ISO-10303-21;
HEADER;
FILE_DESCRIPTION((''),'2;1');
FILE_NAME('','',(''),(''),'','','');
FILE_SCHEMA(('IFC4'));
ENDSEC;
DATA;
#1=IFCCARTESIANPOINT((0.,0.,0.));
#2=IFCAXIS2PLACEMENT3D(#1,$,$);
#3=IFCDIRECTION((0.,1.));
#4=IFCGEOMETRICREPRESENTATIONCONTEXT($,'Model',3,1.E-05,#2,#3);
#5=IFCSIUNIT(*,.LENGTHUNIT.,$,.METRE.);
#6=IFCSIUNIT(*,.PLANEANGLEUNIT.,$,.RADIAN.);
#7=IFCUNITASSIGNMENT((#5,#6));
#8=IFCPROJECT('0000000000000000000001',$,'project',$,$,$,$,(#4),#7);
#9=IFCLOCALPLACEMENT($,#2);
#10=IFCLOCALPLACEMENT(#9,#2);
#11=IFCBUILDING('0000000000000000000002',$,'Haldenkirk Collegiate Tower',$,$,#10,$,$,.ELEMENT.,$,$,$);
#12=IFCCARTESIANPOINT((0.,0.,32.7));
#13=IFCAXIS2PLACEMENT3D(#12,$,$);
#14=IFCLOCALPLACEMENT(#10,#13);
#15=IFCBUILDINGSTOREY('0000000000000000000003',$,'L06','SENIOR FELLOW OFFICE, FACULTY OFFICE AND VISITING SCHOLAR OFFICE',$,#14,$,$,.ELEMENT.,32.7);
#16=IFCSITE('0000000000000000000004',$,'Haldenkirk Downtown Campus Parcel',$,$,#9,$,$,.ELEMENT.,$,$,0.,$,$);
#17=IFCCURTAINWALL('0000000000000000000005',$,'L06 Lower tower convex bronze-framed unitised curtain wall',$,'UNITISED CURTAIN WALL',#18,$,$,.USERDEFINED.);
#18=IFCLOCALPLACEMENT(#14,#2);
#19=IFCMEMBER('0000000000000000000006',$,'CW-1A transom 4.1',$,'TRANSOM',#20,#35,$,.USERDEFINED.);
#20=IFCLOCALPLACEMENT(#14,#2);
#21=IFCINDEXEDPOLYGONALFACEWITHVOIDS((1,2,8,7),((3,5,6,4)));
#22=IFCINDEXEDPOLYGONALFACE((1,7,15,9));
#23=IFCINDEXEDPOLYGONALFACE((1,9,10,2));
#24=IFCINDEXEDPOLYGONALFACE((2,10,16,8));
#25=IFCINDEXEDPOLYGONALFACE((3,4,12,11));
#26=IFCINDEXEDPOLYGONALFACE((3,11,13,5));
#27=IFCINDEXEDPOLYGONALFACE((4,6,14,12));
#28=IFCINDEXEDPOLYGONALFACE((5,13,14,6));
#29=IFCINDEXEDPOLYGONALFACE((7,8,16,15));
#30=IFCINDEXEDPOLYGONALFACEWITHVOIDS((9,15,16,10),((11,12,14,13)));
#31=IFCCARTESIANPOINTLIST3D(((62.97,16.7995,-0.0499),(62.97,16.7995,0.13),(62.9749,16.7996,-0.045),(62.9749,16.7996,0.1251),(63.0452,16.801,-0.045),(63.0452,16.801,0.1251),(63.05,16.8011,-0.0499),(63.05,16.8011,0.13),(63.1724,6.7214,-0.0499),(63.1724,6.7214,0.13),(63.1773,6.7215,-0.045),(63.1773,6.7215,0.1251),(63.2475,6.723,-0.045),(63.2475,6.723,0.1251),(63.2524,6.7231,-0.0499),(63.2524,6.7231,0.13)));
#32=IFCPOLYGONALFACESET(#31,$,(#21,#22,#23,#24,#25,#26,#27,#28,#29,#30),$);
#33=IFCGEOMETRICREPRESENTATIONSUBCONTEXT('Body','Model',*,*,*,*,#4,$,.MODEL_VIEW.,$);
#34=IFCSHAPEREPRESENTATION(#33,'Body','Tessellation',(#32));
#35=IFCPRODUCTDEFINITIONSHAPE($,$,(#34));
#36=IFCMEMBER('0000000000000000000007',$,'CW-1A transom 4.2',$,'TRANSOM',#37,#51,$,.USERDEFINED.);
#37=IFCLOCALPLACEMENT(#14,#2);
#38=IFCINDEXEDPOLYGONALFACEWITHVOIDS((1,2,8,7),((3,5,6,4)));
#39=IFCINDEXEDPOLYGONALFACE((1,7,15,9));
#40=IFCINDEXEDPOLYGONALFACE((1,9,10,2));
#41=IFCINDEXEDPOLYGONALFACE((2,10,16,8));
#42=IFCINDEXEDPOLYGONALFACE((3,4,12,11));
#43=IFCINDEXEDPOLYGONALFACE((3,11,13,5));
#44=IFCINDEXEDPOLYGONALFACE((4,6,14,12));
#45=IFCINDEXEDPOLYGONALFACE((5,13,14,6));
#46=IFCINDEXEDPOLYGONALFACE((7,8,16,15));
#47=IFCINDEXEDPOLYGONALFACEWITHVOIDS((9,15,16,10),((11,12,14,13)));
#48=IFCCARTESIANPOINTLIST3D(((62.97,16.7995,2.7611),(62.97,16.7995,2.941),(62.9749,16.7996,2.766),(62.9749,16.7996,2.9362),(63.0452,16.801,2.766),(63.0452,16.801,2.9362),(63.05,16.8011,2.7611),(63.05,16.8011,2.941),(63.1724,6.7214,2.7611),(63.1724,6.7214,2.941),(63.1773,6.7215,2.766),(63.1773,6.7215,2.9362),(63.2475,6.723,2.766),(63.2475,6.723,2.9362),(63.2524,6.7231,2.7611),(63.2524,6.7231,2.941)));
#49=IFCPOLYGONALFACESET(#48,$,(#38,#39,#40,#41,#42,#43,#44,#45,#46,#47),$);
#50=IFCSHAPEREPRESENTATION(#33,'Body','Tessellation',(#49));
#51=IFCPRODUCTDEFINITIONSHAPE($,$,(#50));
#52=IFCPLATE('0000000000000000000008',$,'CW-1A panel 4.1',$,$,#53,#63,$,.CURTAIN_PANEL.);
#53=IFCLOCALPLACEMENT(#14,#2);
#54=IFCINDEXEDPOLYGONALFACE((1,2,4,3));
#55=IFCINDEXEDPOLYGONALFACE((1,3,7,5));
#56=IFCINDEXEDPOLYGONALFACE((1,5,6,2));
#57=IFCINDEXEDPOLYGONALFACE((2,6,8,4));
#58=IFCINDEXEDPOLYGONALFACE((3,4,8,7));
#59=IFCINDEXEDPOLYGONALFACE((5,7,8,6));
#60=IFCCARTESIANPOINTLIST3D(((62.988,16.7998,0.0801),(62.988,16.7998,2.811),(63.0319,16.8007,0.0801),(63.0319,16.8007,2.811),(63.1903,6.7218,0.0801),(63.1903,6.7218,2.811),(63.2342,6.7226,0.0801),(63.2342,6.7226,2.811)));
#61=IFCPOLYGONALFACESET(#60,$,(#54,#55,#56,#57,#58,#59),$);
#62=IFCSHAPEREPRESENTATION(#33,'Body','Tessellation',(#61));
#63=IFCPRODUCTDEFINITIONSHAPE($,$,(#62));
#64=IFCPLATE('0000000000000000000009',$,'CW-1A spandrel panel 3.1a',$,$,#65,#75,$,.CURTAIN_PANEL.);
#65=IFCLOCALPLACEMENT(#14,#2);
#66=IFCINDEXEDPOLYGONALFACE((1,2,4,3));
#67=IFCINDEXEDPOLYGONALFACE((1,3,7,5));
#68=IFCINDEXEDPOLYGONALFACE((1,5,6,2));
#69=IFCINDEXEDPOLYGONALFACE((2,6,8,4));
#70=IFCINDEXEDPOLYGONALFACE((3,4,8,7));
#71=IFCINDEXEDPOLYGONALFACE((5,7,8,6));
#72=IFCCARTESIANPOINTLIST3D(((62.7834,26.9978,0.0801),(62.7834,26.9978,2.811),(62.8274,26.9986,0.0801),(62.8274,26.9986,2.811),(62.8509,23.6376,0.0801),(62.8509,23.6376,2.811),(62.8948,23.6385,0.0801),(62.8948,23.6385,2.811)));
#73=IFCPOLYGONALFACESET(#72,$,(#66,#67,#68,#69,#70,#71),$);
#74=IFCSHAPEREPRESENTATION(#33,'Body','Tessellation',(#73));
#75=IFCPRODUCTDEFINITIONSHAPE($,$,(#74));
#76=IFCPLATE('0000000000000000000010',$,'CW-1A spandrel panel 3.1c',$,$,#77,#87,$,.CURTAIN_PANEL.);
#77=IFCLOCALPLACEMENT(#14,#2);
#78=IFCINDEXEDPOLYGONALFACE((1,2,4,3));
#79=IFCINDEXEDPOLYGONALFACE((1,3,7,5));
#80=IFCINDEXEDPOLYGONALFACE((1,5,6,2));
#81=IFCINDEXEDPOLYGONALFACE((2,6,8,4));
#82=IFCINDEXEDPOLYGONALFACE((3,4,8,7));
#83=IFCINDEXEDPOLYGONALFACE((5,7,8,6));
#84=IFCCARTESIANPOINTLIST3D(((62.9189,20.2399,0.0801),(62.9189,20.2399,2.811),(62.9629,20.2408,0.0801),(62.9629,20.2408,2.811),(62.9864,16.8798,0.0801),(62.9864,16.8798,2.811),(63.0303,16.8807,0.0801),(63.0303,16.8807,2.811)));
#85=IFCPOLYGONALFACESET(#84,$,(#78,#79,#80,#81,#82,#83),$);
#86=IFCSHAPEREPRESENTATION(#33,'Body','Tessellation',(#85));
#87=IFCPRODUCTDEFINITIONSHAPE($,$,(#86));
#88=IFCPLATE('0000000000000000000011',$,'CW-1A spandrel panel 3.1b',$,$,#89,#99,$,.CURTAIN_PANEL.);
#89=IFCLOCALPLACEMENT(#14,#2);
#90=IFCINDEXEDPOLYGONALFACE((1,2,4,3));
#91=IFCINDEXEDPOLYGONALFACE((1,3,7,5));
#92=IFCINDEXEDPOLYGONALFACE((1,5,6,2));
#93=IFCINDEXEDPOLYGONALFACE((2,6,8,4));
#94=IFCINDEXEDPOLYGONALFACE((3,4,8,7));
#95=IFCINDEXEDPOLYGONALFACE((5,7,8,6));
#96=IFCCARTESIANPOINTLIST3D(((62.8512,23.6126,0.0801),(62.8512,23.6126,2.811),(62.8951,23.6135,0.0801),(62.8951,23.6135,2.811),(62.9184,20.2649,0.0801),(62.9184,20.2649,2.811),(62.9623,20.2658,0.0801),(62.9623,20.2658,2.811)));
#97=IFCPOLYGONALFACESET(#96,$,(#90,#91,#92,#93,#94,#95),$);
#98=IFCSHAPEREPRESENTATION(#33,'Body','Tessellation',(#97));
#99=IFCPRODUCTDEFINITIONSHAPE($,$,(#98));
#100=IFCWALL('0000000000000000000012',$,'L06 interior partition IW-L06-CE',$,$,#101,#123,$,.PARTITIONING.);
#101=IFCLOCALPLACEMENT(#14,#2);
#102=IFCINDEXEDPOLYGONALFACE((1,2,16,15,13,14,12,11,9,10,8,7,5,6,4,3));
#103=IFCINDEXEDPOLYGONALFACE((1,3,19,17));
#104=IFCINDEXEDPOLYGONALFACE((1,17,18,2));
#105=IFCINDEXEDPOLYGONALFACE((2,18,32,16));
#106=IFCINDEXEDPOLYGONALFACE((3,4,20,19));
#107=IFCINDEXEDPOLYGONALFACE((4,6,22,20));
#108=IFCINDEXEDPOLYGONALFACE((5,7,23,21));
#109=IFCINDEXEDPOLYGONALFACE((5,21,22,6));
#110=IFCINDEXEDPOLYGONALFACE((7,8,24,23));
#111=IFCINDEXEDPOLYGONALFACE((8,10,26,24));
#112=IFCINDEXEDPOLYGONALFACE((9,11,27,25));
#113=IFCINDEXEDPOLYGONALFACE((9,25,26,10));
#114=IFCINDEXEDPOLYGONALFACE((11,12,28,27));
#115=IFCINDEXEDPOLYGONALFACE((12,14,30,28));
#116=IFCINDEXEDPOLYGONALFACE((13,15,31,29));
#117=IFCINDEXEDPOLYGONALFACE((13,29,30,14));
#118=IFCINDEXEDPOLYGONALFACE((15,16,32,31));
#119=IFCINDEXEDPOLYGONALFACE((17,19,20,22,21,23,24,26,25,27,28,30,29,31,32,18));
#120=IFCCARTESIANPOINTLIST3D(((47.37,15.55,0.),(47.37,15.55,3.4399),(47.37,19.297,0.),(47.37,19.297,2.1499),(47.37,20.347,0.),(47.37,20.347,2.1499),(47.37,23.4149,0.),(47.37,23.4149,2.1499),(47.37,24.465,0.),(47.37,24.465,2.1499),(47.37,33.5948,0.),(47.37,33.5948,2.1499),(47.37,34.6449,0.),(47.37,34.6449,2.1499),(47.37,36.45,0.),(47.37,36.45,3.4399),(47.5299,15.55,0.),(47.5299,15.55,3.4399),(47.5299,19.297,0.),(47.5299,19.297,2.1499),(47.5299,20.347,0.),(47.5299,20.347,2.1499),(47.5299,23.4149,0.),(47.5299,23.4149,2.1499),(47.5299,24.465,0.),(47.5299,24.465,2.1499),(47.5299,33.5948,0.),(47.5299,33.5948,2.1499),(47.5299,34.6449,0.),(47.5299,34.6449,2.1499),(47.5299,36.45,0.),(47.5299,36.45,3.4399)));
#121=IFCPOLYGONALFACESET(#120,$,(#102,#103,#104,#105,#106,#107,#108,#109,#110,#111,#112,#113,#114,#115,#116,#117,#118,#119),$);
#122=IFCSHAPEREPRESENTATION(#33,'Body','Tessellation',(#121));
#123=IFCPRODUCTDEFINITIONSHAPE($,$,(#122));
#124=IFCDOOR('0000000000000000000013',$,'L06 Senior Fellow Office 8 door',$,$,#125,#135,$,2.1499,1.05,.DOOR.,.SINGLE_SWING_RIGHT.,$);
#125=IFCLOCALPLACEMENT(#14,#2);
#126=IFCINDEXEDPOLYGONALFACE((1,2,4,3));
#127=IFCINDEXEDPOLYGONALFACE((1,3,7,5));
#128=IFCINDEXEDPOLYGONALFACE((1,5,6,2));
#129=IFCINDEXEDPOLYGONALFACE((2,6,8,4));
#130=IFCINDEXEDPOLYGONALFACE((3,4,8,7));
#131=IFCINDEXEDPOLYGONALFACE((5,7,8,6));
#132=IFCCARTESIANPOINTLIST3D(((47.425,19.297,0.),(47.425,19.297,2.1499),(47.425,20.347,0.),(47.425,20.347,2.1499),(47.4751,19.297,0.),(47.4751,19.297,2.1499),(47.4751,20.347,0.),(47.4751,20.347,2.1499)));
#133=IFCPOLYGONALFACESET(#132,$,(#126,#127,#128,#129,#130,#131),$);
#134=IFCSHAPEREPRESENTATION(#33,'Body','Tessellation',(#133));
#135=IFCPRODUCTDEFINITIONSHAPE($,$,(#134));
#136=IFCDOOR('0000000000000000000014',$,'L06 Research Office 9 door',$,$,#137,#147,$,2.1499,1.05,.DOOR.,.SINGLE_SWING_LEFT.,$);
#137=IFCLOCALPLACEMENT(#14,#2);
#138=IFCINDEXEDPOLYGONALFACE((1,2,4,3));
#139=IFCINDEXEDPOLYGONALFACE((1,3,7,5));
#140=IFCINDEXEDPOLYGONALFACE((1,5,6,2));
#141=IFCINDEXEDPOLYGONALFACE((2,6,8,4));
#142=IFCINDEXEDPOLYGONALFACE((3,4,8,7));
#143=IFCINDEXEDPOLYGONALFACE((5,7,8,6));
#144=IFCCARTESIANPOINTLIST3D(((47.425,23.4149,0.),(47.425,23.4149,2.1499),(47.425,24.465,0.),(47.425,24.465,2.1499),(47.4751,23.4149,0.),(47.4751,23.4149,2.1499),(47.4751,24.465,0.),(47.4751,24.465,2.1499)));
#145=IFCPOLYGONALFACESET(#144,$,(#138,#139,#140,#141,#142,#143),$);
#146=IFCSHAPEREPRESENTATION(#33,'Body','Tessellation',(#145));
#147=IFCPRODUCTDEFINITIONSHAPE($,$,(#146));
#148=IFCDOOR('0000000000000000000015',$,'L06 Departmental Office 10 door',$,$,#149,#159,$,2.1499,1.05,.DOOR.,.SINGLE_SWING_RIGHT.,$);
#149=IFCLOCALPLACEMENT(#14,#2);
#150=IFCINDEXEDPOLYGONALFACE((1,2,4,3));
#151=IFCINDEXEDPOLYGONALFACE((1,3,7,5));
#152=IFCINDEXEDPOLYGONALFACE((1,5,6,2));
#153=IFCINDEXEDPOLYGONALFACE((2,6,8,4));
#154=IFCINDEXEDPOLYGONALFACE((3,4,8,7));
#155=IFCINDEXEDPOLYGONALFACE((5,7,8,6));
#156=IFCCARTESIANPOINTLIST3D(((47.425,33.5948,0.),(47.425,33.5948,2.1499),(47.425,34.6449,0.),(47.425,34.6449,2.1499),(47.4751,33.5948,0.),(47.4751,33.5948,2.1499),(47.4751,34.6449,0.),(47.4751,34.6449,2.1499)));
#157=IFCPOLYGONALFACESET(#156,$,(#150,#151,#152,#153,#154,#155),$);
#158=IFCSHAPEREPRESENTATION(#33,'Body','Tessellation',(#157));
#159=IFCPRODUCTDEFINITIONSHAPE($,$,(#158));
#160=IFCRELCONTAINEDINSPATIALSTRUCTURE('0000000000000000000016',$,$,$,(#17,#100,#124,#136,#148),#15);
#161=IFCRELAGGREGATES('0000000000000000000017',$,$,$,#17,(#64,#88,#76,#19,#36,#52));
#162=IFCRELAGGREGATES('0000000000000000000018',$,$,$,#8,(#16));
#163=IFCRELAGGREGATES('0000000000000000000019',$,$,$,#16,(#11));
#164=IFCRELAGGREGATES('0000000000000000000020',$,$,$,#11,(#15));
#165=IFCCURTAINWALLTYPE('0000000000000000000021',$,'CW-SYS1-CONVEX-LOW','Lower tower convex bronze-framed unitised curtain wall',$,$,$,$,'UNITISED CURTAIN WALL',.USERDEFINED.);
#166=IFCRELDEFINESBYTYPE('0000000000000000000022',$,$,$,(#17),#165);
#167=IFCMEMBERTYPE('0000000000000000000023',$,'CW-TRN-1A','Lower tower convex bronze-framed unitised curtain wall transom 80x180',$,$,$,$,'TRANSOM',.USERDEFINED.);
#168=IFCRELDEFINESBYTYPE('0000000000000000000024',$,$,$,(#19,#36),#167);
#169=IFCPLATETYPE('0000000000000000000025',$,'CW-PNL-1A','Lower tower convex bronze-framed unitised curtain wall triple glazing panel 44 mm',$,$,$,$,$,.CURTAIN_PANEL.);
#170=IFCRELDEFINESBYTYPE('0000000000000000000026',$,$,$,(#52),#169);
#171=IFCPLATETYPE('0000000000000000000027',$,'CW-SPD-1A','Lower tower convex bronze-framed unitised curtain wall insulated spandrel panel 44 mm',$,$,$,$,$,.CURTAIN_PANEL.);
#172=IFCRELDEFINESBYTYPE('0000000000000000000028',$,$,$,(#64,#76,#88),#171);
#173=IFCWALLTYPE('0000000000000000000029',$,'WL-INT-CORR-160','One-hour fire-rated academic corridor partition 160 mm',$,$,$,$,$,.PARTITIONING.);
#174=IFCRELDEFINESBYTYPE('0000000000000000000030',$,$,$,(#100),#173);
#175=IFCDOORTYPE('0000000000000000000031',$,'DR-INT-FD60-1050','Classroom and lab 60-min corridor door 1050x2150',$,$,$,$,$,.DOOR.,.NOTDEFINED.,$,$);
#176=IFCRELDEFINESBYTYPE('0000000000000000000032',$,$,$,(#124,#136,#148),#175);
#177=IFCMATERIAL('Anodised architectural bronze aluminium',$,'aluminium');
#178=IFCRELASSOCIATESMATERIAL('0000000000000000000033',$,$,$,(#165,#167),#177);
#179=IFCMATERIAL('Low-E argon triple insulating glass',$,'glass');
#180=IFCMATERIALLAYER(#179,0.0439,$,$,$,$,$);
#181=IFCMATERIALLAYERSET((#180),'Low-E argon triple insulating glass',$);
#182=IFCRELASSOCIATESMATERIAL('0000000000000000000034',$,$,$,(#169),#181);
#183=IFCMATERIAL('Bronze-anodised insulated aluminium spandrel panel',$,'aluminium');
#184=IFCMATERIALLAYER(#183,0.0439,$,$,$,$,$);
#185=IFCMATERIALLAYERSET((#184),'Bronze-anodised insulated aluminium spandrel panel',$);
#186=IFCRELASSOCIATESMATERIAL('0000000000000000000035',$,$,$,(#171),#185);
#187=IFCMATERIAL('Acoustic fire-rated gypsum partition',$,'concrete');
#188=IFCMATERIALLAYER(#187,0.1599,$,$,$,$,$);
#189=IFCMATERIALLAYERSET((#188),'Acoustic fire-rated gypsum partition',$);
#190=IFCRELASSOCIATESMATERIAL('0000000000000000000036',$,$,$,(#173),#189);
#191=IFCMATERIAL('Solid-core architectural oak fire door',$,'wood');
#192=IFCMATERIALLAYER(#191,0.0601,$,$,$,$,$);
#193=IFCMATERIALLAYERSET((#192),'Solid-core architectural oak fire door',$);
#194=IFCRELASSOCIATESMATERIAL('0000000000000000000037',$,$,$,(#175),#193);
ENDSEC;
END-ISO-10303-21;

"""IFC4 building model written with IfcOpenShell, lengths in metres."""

from ifc_helpers import new_model, si_unit, direction, frame, frame_2d, origin, origin_2d, place, context, subcontext, project, spatial, rectangle, hollow_rectangle, extrude, source, transform, mapped, material, layer, layer_set, material_profile, profile_set, type_object, element, fill, aggregate, save


model = new_model("IFC4")

# Units and contexts
model_context = context("Model", 3, precision=1e-05, world=origin(), true_north=direction((0.0, 1.0)))
body_context = subcontext(model_context, "Body", "Model", "MODEL_VIEW")
ifc_project = project(units=[si_unit("LENGTHUNIT", "METRE"), si_unit("PLANEANGLEUNIT", "RADIAN")], contexts=[model_context])

# Site, building, storey
site_placement = place(None, origin())
site = spatial("IfcSite", under=ifc_project, at=site_placement, Name="Haldenkirk Downtown Campus Parcel", CompositionType="ELEMENT", RefElevation=0.0)
building_placement = place(site_placement, origin())
building = spatial("IfcBuilding", under=site, at=building_placement, Name="Haldenkirk Collegiate Tower", CompositionType="ELEMENT")
storey_placement = place(building_placement, frame((0.0, 0.0, 32.7)))
storey = spatial("IfcBuildingStorey", under=building, at=storey_placement, Name="L06", Description="SENIOR FELLOW OFFICE, FACULTY OFFICE AND VISITING SCHOLAR OFFICE", CompositionType="ELEMENT", Elevation=32.7)

# Curtain wall, members, plates
ifc_material_1 = material(Name="Anodised architectural bronze aluminium", Category="aluminium")
curtain_wall_type = type_object("IfcCurtainWallType", Name="CW-SYS1-CONVEX-LOW", Description="Lower tower convex bronze-framed unitised curtain wall", ElementType="UNITISED CURTAIN WALL", PredefinedType="USERDEFINED", material=ifc_material_1)
curtain_wall_placement = place(storey_placement, origin())
curtain_wall = element("IfcCurtainWall", 1, at=curtain_wall_placement, inside=storey, type_object=curtain_wall_type, Name="L06 Lower tower convex bronze-framed unitised curtain wall", ObjectType="UNITISED CURTAIN WALL", PredefinedType="USERDEFINED")
ifc_material_profile_1 = material_profile(ifc_material_1, hollow_rectangle(XDim=0.0801, YDim=0.1799, WallThickness=0.0049, at=origin_2d()), Name="CW-TRN-1A")
ifc_profile_set_1 = profile_set([ifc_material_profile_1], Name="Anodised architectural bronze aluminium")
member_type_1 = type_object("IfcMemberType", Name="CW-TRN-1A", Description="Lower tower convex bronze-framed unitised curtain wall transom 80x180", ElementType="TRANSOM", PredefinedType="USERDEFINED", material=ifc_profile_set_1)
member_1_placement = place(storey_placement, frame((63.01, 16.8003, 0.04), z_axis=(0.020078, -0.999798, 0.0), x_axis=(0.999798, 0.020078, 0.0)))
member_1 = element("IfcMember", 2, at=member_1_placement, type_object=member_type_1, Name="CW-1A transom 4.1", ObjectType="TRANSOM", PredefinedType="USERDEFINED", context=body_context, shape_type="SweptSolid", body=[
    extrude(hollow_rectangle(XDim=0.0801, YDim=0.1799, WallThickness=0.0049, at=origin_2d()), origin(), (0.0, 0.0, 1.0), 10.0801),
])
member_2_placement = place(storey_placement, frame((63.01, 16.8003, 2.8511), z_axis=(0.020078, -0.999798, 0.0), x_axis=(0.999798, 0.020078, 0.0)))
member_2 = element("IfcMember", 3, at=member_2_placement, type_object=member_type_1, Name="CW-1A transom 4.2", ObjectType="TRANSOM", PredefinedType="USERDEFINED", context=body_context, shape_type="SweptSolid", body=[
    extrude(hollow_rectangle(XDim=0.0801, YDim=0.1799, WallThickness=0.0049, at=origin_2d()), origin(), (0.0, 0.0, 1.0), 10.0801),
])
ifc_material_2 = material(Name="Low-E argon triple insulating glass", Category="glass")
ifc_layer_1 = layer(ifc_material_2, 0.0439)
ifc_layer_set_1 = layer_set([ifc_layer_1], Name="Low-E argon triple insulating glass")
plate_type_1 = type_object("IfcPlateType", Name="CW-PNL-1A", Description="Lower tower convex bronze-framed unitised curtain wall triple glazing panel 44 mm", PredefinedType="CURTAIN_PANEL", material=ifc_layer_set_1)
shared_shape_1 = source(origin(), body_context, "Body", "SweptSolid", [
    extrude(rectangle(XDim=10.0801, YDim=0.0439, at=origin_2d()), origin(), (0.0, 0.0, 1.0), 2.731),
])
plate_1_placement = place(storey_placement, frame((63.1111, 11.7612, 0.0801), z_axis=(0.0, 0.0, 1.0), x_axis=(0.020069, -0.999799, 0.0)))
plate_1 = element("IfcPlate", 4, at=plate_1_placement, type_object=plate_type_1, Name="CW-1A panel 4.1", PredefinedType="CURTAIN_PANEL", context=body_context, shape_type="MappedRepresentation", body=[
    mapped(shared_shape_1, transform((0.0, 0.0, 0.0), x_axis=(1.0, 0.0, 0.0), y_axis=(0.0, 1.0, 0.0), z_axis=(0.0, 0.0, 1.0), scale=1.0)),
])
ifc_material_3 = material(Name="Bronze-anodised insulated aluminium spandrel panel", Category="aluminium")
ifc_layer_2 = layer(ifc_material_3, 0.0439)
ifc_layer_set_2 = layer_set([ifc_layer_2], Name="Bronze-anodised insulated aluminium spandrel panel")
plate_type_2 = type_object("IfcPlateType", Name="CW-SPD-1A", Description="Lower tower convex bronze-framed unitised curtain wall insulated spandrel panel 44 mm", PredefinedType="CURTAIN_PANEL", material=ifc_layer_set_2)
shared_shape_2 = source(origin(), body_context, "Body", "SweptSolid", [
    extrude(rectangle(XDim=3.3608, YDim=0.0439, at=origin_2d()), origin(), (0.0, 0.0, 1.0), 2.731),
])
plate_2_placement = place(storey_placement, frame((62.8391, 25.3181, 0.0801), z_axis=(0.0, 0.0, 1.0), x_axis=(0.020069, -0.999799, 0.0)))
plate_2 = element("IfcPlate", 5, at=plate_2_placement, type_object=plate_type_2, Name="CW-1A spandrel panel 3.1a", PredefinedType="CURTAIN_PANEL", context=body_context, shape_type="MappedRepresentation", body=[
    mapped(shared_shape_2, transform((0.0, 0.0, 0.0), x_axis=(1.0, 0.0, 0.0), y_axis=(0.0, 1.0, 0.0), z_axis=(0.0, 0.0, 1.0), scale=1.0)),
])
plate_3_placement = place(storey_placement, frame((62.9746, 18.5603, 0.0801), z_axis=(0.0, 0.0, 1.0), x_axis=(0.020069, -0.999799, 0.0)))
plate_3 = element("IfcPlate", 6, at=plate_3_placement, type_object=plate_type_2, Name="CW-1A spandrel panel 3.1c", PredefinedType="CURTAIN_PANEL", context=body_context, shape_type="MappedRepresentation", body=[
    mapped(shared_shape_2, transform((0.0, 0.0, 0.0), x_axis=(1.0, 0.0, 0.0), y_axis=(0.0, 1.0, 0.0), z_axis=(0.0, 0.0, 1.0), scale=1.0)),
])
shared_shape_3 = source(origin(), body_context, "Body", "SweptSolid", [
    extrude(rectangle(XDim=3.3484, YDim=0.0439, at=origin_2d()), origin(), (0.0, 0.0, 1.0), 2.731),
])
plate_4_placement = place(storey_placement, frame((62.9067, 21.9392, 0.0801), z_axis=(0.0, 0.0, 1.0), x_axis=(0.020069, -0.999799, 0.0)))
plate_4 = element("IfcPlate", 7, at=plate_4_placement, type_object=plate_type_2, Name="CW-1A spandrel panel 3.1b", PredefinedType="CURTAIN_PANEL", context=body_context, shape_type="MappedRepresentation", body=[
    mapped(shared_shape_3, transform((0.0, 0.0, 0.0), x_axis=(1.0, 0.0, 0.0), y_axis=(0.0, 1.0, 0.0), z_axis=(0.0, 0.0, 1.0), scale=1.0)),
])
aggregate(curtain_wall, [plate_2, plate_4, plate_3, member_1, member_2, plate_1])

# Wall, openings, doors
ifc_material_4 = material(Name="Acoustic fire-rated gypsum partition", Category="concrete")
ifc_layer_3 = layer(ifc_material_4, 0.1599)
ifc_layer_set_3 = layer_set([ifc_layer_3], Name="Acoustic fire-rated gypsum partition")
wall_type_1 = type_object("IfcWallType", Name="WL-INT-CORR-160", Description="One-hour fire-rated academic corridor partition 160 mm", PredefinedType="PARTITIONING", material=ifc_layer_set_3)
wall_1_placement = place(storey_placement, frame((47.45, 15.55, 0.0), z_axis=(0.0, 0.0, 1.0), x_axis=(0.0, 1.0, 0.0)))
wall_1 = element("IfcWall", 8, at=wall_1_placement, inside=storey, type_object=wall_type_1, Name="L06 interior partition IW-L06-CE", PredefinedType="PARTITIONING", context=body_context, shape_type="SweptSolid", body=[
    extrude(rectangle(XDim=20.8999, YDim=0.1599, at=frame_2d((10.45, 0.0))), origin(), (0.0, 0.0, 1.0), 3.4399),
])
opening_1_placement = place(wall_1_placement, frame((3.7471, 0.0, 0.0)))
opening_1 = element("IfcOpeningElement", 9, at=opening_1_placement, cuts=wall_1, PredefinedType="OPENING", context=body_context, shape_type="SweptSolid", body=[
    extrude(rectangle(XDim=1.05, YDim=2.1499, at=frame_2d((0.5249, 1.075))), frame((0.0, 0.0898, 0.0), z_axis=(0.0, -1.0, 0.0), x_axis=(1.0, 0.0, 0.0)), (0.0, 0.0, 1.0), 0.1799),
])
opening_2_placement = place(wall_1_placement, frame((7.865, 0.0, 0.0)))
opening_2 = element("IfcOpeningElement", 10, at=opening_2_placement, cuts=wall_1, PredefinedType="OPENING", context=body_context, shape_type="SweptSolid", body=[
    extrude(rectangle(XDim=1.05, YDim=2.1499, at=frame_2d((0.5249, 1.075))), frame((0.0, 0.0898, 0.0), z_axis=(0.0, -1.0, 0.0), x_axis=(1.0, 0.0, 0.0)), (0.0, 0.0, 1.0), 0.1799),
])
opening_3_placement = place(wall_1_placement, frame((18.0449, 0.0, 0.0)))
opening_3 = element("IfcOpeningElement", 11, at=opening_3_placement, cuts=wall_1, PredefinedType="OPENING", context=body_context, shape_type="SweptSolid", body=[
    extrude(rectangle(XDim=1.05, YDim=2.1499, at=frame_2d((0.5249, 1.075))), frame((0.0, 0.0898, 0.0), z_axis=(0.0, -1.0, 0.0), x_axis=(1.0, 0.0, 0.0)), (0.0, 0.0, 1.0), 0.1799),
])
ifc_material_5 = material(Name="Solid-core architectural oak fire door", Category="wood")
ifc_layer_4 = layer(ifc_material_5, 0.0601)
ifc_layer_set_4 = layer_set([ifc_layer_4], Name="Solid-core architectural oak fire door")
door_type = type_object("IfcDoorType", Name="DR-INT-FD60-1050", Description="Classroom and lab 60-min corridor door 1050x2150", OperationType="NOTDEFINED", PredefinedType="DOOR", material=ifc_layer_set_4)
door_1_placement = place(opening_1_placement, origin())
door_1 = element("IfcDoor", 12, at=door_1_placement, inside=storey, type_object=door_type, Name="L06 Senior Fellow Office 8 door", OperationType="SINGLE_SWING_RIGHT", OverallHeight=2.1499, OverallWidth=1.05, PredefinedType="DOOR", context=body_context, shape_type="SweptSolid", body=[
    extrude(rectangle(XDim=1.05, YDim=2.1499, at=frame_2d((0.5249, 1.075))), frame((0.0, 0.0249, 0.0), z_axis=(0.0, -1.0, 0.0), x_axis=(1.0, 0.0, 0.0)), (0.0, 0.0, 1.0), 0.05),
])
fill(opening_1, door_1)
door_2_placement = place(opening_2_placement, origin())
door_2 = element("IfcDoor", 13, at=door_2_placement, inside=storey, type_object=door_type, Name="L06 Research Office 9 door", OperationType="SINGLE_SWING_LEFT", OverallHeight=2.1499, OverallWidth=1.05, PredefinedType="DOOR", context=body_context, shape_type="SweptSolid", body=[
    extrude(rectangle(XDim=1.05, YDim=2.1499, at=frame_2d((0.5249, 1.075))), frame((0.0, 0.0249, 0.0), z_axis=(0.0, -1.0, 0.0), x_axis=(1.0, 0.0, 0.0)), (0.0, 0.0, 1.0), 0.05),
])
fill(opening_2, door_2)
door_3_placement = place(opening_3_placement, origin())
door_3 = element("IfcDoor", 14, at=door_3_placement, inside=storey, type_object=door_type, Name="L06 Departmental Office 10 door", OperationType="SINGLE_SWING_RIGHT", OverallHeight=2.1499, OverallWidth=1.05, PredefinedType="DOOR", context=body_context, shape_type="SweptSolid", body=[
    extrude(rectangle(XDim=1.05, YDim=2.1499, at=frame_2d((0.5249, 1.075))), frame((0.0, 0.0249, 0.0), z_axis=(0.0, -1.0, 0.0), x_axis=(1.0, 0.0, 0.0)), (0.0, 0.0, 1.0), 0.05),
])
fill(opening_3, door_3)

save(model, "model.ifc")
